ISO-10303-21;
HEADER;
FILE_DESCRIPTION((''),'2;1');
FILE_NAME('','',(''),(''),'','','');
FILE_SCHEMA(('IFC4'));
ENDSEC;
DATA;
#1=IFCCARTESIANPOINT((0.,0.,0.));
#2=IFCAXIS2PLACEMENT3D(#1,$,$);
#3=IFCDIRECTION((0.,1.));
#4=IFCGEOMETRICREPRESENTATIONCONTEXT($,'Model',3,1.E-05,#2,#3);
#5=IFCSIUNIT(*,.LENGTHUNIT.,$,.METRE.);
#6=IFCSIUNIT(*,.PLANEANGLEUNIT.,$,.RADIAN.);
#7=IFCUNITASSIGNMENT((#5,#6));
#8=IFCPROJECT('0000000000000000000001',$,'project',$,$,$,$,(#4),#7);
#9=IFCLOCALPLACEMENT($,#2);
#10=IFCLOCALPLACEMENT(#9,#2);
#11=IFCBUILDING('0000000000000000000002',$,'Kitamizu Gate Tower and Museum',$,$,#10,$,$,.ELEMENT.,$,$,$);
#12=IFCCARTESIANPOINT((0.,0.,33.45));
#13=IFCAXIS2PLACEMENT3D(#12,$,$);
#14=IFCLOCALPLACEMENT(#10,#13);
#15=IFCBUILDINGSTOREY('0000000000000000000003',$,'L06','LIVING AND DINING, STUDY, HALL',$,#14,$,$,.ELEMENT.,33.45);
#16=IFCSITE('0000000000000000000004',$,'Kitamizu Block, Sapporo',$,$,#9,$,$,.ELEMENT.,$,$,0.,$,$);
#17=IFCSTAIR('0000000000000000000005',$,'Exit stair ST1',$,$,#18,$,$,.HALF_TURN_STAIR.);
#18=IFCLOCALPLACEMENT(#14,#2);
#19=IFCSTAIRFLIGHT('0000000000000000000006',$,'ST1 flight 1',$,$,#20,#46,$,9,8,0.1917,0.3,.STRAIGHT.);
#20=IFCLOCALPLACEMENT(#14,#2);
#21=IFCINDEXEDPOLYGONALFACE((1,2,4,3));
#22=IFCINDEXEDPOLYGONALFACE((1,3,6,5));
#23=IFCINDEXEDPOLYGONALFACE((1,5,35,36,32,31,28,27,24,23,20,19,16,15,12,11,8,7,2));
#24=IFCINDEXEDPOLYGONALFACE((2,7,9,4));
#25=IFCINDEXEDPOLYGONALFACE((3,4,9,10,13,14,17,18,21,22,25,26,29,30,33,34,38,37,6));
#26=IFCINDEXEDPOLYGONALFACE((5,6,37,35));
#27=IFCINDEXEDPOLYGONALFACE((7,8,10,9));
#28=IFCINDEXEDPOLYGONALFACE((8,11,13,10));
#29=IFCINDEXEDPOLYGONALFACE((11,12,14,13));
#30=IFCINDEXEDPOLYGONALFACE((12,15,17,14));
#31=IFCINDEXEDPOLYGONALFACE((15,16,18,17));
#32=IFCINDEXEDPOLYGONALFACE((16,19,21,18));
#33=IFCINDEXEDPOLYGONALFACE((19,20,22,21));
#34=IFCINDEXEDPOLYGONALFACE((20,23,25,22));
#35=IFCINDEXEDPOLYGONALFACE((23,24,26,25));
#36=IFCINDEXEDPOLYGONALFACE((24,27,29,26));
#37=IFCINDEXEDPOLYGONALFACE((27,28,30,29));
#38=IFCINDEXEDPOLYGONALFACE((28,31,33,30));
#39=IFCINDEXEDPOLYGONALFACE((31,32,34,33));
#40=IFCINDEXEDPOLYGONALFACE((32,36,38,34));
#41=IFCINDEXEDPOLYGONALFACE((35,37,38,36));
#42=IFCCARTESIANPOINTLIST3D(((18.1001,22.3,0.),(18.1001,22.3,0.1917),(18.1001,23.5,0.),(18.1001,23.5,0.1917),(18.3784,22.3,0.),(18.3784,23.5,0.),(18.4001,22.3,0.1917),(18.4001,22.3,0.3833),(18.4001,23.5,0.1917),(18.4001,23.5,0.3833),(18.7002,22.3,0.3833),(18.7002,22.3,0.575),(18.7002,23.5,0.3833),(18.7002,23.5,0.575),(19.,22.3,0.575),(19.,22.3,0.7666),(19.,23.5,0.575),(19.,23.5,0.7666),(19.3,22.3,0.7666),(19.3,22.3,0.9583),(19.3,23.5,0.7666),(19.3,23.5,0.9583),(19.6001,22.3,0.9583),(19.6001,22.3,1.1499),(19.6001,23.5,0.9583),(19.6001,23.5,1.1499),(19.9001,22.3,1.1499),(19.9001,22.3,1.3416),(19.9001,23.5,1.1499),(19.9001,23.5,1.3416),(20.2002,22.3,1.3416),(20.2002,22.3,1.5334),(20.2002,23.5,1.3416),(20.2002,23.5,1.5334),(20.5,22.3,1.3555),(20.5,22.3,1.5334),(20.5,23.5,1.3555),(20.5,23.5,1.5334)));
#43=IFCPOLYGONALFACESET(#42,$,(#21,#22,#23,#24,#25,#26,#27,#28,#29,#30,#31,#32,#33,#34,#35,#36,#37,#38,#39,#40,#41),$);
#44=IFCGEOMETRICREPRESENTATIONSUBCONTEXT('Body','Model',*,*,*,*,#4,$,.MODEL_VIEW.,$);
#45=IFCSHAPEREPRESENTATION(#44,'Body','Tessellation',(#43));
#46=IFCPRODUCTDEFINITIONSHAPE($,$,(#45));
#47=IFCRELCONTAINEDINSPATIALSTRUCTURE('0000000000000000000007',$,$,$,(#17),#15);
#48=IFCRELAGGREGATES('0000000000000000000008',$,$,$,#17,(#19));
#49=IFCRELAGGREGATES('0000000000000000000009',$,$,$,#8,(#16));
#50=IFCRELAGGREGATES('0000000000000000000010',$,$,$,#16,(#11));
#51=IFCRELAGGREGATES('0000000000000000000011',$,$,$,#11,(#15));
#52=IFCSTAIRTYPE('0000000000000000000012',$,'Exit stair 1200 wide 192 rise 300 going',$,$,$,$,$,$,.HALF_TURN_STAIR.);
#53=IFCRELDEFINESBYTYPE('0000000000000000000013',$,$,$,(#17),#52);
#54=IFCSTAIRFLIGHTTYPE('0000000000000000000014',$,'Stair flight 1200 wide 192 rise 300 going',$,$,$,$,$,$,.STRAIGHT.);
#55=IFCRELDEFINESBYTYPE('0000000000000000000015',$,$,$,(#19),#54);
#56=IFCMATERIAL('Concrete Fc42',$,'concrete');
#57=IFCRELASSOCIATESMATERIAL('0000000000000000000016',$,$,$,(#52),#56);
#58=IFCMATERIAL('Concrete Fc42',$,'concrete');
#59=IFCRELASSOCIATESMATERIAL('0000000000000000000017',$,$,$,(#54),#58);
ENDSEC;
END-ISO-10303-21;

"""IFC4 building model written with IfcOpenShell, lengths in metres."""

from ifc_helpers import new_model, si_unit, direction, frame, origin, place, context, subcontext, project, spatial, polyline, outline, extrude, material, type_object, element, aggregate, save


model = new_model("IFC4")

# Units and contexts
model_context = context("Model", 3, precision=1e-05, world=origin(), true_north=direction((0.0, 1.0)))
body_context = subcontext(model_context, "Body", "Model", "MODEL_VIEW")
ifc_project = project(units=[si_unit("LENGTHUNIT", "METRE"), si_unit("PLANEANGLEUNIT", "RADIAN")], contexts=[model_context])

# Site, building, storey
site_placement = place(None, origin())
site = spatial("IfcSite", under=ifc_project, at=site_placement, Name="Kitamizu Block, Sapporo", CompositionType="ELEMENT", RefElevation=0.0)
building_placement = place(site_placement, origin())
building = spatial("IfcBuilding", under=site, at=building_placement, Name="Kitamizu Gate Tower and Museum", CompositionType="ELEMENT")
storey_placement = place(building_placement, frame((0.0, 0.0, 33.45)))
storey = spatial("IfcBuildingStorey", under=building, at=storey_placement, Name="L06", Description="LIVING AND DINING, STUDY, HALL", CompositionType="ELEMENT", Elevation=33.45)

# Stair, stair flight
ifc_material_1 = material(Name="Concrete Fc42", Category="concrete")
stair_type = type_object("IfcStairType", Name="Exit stair 1200 wide 192 rise 300 going", PredefinedType="HALF_TURN_STAIR", material=ifc_material_1)
stair_placement = place(storey_placement, origin())
stair = element("IfcStair", 1, at=stair_placement, inside=storey, type_object=stair_type, Name="Exit stair ST1", PredefinedType="HALF_TURN_STAIR")
ifc_material_2 = material(Name="Concrete Fc42", Category="concrete")
stair_flight_type = type_object("IfcStairFlightType", Name="Stair flight 1200 wide 192 rise 300 going", PredefinedType="STRAIGHT", material=ifc_material_2)
stair_flight_placement = place(storey_placement, frame((18.1001, 22.8999, 0.0), z_axis=(0.0, 0.0, 1.0), x_axis=(1.0, 0.0, 0.0)))
stair_flight = element("IfcStairFlight", 2, at=stair_flight_placement, type_object=stair_flight_type, Name="ST1 flight 1", NumberOfRisers=9, NumberOfTreads=8, PredefinedType="STRAIGHT", RiserHeight=0.1917, TreadLength=0.3, context=body_context, shape_type="SweptSolid", body=[
    extrude(outline(polyline([(0.0, 0.0), (0.0, 0.1917), (0.3, 0.1917), (0.3, 0.3833), (0.6001, 0.3833), (0.6001, 0.575), (0.8999, 0.575), (0.8999, 0.7666), (1.2, 0.7666), (1.2, 0.9583), (1.5, 0.9583), (1.5, 1.1499), (1.8, 1.1499), (1.8, 1.3416), (2.1001, 1.3416), (2.1001, 1.5334), (2.3999, 1.5334), (2.3999, 1.7251), (2.3999, 1.3555), (0.2783, 0.0), (0.0, 0.0)])), frame((0.0, 0.6001, 0.0), z_axis=(0.0, -1.0, 0.0), x_axis=(1.0, 0.0, 0.0)), (0.0, 0.0, 1.0), 1.2),
])
aggregate(stair, [stair_flight])

save(model, "model.ifc")
